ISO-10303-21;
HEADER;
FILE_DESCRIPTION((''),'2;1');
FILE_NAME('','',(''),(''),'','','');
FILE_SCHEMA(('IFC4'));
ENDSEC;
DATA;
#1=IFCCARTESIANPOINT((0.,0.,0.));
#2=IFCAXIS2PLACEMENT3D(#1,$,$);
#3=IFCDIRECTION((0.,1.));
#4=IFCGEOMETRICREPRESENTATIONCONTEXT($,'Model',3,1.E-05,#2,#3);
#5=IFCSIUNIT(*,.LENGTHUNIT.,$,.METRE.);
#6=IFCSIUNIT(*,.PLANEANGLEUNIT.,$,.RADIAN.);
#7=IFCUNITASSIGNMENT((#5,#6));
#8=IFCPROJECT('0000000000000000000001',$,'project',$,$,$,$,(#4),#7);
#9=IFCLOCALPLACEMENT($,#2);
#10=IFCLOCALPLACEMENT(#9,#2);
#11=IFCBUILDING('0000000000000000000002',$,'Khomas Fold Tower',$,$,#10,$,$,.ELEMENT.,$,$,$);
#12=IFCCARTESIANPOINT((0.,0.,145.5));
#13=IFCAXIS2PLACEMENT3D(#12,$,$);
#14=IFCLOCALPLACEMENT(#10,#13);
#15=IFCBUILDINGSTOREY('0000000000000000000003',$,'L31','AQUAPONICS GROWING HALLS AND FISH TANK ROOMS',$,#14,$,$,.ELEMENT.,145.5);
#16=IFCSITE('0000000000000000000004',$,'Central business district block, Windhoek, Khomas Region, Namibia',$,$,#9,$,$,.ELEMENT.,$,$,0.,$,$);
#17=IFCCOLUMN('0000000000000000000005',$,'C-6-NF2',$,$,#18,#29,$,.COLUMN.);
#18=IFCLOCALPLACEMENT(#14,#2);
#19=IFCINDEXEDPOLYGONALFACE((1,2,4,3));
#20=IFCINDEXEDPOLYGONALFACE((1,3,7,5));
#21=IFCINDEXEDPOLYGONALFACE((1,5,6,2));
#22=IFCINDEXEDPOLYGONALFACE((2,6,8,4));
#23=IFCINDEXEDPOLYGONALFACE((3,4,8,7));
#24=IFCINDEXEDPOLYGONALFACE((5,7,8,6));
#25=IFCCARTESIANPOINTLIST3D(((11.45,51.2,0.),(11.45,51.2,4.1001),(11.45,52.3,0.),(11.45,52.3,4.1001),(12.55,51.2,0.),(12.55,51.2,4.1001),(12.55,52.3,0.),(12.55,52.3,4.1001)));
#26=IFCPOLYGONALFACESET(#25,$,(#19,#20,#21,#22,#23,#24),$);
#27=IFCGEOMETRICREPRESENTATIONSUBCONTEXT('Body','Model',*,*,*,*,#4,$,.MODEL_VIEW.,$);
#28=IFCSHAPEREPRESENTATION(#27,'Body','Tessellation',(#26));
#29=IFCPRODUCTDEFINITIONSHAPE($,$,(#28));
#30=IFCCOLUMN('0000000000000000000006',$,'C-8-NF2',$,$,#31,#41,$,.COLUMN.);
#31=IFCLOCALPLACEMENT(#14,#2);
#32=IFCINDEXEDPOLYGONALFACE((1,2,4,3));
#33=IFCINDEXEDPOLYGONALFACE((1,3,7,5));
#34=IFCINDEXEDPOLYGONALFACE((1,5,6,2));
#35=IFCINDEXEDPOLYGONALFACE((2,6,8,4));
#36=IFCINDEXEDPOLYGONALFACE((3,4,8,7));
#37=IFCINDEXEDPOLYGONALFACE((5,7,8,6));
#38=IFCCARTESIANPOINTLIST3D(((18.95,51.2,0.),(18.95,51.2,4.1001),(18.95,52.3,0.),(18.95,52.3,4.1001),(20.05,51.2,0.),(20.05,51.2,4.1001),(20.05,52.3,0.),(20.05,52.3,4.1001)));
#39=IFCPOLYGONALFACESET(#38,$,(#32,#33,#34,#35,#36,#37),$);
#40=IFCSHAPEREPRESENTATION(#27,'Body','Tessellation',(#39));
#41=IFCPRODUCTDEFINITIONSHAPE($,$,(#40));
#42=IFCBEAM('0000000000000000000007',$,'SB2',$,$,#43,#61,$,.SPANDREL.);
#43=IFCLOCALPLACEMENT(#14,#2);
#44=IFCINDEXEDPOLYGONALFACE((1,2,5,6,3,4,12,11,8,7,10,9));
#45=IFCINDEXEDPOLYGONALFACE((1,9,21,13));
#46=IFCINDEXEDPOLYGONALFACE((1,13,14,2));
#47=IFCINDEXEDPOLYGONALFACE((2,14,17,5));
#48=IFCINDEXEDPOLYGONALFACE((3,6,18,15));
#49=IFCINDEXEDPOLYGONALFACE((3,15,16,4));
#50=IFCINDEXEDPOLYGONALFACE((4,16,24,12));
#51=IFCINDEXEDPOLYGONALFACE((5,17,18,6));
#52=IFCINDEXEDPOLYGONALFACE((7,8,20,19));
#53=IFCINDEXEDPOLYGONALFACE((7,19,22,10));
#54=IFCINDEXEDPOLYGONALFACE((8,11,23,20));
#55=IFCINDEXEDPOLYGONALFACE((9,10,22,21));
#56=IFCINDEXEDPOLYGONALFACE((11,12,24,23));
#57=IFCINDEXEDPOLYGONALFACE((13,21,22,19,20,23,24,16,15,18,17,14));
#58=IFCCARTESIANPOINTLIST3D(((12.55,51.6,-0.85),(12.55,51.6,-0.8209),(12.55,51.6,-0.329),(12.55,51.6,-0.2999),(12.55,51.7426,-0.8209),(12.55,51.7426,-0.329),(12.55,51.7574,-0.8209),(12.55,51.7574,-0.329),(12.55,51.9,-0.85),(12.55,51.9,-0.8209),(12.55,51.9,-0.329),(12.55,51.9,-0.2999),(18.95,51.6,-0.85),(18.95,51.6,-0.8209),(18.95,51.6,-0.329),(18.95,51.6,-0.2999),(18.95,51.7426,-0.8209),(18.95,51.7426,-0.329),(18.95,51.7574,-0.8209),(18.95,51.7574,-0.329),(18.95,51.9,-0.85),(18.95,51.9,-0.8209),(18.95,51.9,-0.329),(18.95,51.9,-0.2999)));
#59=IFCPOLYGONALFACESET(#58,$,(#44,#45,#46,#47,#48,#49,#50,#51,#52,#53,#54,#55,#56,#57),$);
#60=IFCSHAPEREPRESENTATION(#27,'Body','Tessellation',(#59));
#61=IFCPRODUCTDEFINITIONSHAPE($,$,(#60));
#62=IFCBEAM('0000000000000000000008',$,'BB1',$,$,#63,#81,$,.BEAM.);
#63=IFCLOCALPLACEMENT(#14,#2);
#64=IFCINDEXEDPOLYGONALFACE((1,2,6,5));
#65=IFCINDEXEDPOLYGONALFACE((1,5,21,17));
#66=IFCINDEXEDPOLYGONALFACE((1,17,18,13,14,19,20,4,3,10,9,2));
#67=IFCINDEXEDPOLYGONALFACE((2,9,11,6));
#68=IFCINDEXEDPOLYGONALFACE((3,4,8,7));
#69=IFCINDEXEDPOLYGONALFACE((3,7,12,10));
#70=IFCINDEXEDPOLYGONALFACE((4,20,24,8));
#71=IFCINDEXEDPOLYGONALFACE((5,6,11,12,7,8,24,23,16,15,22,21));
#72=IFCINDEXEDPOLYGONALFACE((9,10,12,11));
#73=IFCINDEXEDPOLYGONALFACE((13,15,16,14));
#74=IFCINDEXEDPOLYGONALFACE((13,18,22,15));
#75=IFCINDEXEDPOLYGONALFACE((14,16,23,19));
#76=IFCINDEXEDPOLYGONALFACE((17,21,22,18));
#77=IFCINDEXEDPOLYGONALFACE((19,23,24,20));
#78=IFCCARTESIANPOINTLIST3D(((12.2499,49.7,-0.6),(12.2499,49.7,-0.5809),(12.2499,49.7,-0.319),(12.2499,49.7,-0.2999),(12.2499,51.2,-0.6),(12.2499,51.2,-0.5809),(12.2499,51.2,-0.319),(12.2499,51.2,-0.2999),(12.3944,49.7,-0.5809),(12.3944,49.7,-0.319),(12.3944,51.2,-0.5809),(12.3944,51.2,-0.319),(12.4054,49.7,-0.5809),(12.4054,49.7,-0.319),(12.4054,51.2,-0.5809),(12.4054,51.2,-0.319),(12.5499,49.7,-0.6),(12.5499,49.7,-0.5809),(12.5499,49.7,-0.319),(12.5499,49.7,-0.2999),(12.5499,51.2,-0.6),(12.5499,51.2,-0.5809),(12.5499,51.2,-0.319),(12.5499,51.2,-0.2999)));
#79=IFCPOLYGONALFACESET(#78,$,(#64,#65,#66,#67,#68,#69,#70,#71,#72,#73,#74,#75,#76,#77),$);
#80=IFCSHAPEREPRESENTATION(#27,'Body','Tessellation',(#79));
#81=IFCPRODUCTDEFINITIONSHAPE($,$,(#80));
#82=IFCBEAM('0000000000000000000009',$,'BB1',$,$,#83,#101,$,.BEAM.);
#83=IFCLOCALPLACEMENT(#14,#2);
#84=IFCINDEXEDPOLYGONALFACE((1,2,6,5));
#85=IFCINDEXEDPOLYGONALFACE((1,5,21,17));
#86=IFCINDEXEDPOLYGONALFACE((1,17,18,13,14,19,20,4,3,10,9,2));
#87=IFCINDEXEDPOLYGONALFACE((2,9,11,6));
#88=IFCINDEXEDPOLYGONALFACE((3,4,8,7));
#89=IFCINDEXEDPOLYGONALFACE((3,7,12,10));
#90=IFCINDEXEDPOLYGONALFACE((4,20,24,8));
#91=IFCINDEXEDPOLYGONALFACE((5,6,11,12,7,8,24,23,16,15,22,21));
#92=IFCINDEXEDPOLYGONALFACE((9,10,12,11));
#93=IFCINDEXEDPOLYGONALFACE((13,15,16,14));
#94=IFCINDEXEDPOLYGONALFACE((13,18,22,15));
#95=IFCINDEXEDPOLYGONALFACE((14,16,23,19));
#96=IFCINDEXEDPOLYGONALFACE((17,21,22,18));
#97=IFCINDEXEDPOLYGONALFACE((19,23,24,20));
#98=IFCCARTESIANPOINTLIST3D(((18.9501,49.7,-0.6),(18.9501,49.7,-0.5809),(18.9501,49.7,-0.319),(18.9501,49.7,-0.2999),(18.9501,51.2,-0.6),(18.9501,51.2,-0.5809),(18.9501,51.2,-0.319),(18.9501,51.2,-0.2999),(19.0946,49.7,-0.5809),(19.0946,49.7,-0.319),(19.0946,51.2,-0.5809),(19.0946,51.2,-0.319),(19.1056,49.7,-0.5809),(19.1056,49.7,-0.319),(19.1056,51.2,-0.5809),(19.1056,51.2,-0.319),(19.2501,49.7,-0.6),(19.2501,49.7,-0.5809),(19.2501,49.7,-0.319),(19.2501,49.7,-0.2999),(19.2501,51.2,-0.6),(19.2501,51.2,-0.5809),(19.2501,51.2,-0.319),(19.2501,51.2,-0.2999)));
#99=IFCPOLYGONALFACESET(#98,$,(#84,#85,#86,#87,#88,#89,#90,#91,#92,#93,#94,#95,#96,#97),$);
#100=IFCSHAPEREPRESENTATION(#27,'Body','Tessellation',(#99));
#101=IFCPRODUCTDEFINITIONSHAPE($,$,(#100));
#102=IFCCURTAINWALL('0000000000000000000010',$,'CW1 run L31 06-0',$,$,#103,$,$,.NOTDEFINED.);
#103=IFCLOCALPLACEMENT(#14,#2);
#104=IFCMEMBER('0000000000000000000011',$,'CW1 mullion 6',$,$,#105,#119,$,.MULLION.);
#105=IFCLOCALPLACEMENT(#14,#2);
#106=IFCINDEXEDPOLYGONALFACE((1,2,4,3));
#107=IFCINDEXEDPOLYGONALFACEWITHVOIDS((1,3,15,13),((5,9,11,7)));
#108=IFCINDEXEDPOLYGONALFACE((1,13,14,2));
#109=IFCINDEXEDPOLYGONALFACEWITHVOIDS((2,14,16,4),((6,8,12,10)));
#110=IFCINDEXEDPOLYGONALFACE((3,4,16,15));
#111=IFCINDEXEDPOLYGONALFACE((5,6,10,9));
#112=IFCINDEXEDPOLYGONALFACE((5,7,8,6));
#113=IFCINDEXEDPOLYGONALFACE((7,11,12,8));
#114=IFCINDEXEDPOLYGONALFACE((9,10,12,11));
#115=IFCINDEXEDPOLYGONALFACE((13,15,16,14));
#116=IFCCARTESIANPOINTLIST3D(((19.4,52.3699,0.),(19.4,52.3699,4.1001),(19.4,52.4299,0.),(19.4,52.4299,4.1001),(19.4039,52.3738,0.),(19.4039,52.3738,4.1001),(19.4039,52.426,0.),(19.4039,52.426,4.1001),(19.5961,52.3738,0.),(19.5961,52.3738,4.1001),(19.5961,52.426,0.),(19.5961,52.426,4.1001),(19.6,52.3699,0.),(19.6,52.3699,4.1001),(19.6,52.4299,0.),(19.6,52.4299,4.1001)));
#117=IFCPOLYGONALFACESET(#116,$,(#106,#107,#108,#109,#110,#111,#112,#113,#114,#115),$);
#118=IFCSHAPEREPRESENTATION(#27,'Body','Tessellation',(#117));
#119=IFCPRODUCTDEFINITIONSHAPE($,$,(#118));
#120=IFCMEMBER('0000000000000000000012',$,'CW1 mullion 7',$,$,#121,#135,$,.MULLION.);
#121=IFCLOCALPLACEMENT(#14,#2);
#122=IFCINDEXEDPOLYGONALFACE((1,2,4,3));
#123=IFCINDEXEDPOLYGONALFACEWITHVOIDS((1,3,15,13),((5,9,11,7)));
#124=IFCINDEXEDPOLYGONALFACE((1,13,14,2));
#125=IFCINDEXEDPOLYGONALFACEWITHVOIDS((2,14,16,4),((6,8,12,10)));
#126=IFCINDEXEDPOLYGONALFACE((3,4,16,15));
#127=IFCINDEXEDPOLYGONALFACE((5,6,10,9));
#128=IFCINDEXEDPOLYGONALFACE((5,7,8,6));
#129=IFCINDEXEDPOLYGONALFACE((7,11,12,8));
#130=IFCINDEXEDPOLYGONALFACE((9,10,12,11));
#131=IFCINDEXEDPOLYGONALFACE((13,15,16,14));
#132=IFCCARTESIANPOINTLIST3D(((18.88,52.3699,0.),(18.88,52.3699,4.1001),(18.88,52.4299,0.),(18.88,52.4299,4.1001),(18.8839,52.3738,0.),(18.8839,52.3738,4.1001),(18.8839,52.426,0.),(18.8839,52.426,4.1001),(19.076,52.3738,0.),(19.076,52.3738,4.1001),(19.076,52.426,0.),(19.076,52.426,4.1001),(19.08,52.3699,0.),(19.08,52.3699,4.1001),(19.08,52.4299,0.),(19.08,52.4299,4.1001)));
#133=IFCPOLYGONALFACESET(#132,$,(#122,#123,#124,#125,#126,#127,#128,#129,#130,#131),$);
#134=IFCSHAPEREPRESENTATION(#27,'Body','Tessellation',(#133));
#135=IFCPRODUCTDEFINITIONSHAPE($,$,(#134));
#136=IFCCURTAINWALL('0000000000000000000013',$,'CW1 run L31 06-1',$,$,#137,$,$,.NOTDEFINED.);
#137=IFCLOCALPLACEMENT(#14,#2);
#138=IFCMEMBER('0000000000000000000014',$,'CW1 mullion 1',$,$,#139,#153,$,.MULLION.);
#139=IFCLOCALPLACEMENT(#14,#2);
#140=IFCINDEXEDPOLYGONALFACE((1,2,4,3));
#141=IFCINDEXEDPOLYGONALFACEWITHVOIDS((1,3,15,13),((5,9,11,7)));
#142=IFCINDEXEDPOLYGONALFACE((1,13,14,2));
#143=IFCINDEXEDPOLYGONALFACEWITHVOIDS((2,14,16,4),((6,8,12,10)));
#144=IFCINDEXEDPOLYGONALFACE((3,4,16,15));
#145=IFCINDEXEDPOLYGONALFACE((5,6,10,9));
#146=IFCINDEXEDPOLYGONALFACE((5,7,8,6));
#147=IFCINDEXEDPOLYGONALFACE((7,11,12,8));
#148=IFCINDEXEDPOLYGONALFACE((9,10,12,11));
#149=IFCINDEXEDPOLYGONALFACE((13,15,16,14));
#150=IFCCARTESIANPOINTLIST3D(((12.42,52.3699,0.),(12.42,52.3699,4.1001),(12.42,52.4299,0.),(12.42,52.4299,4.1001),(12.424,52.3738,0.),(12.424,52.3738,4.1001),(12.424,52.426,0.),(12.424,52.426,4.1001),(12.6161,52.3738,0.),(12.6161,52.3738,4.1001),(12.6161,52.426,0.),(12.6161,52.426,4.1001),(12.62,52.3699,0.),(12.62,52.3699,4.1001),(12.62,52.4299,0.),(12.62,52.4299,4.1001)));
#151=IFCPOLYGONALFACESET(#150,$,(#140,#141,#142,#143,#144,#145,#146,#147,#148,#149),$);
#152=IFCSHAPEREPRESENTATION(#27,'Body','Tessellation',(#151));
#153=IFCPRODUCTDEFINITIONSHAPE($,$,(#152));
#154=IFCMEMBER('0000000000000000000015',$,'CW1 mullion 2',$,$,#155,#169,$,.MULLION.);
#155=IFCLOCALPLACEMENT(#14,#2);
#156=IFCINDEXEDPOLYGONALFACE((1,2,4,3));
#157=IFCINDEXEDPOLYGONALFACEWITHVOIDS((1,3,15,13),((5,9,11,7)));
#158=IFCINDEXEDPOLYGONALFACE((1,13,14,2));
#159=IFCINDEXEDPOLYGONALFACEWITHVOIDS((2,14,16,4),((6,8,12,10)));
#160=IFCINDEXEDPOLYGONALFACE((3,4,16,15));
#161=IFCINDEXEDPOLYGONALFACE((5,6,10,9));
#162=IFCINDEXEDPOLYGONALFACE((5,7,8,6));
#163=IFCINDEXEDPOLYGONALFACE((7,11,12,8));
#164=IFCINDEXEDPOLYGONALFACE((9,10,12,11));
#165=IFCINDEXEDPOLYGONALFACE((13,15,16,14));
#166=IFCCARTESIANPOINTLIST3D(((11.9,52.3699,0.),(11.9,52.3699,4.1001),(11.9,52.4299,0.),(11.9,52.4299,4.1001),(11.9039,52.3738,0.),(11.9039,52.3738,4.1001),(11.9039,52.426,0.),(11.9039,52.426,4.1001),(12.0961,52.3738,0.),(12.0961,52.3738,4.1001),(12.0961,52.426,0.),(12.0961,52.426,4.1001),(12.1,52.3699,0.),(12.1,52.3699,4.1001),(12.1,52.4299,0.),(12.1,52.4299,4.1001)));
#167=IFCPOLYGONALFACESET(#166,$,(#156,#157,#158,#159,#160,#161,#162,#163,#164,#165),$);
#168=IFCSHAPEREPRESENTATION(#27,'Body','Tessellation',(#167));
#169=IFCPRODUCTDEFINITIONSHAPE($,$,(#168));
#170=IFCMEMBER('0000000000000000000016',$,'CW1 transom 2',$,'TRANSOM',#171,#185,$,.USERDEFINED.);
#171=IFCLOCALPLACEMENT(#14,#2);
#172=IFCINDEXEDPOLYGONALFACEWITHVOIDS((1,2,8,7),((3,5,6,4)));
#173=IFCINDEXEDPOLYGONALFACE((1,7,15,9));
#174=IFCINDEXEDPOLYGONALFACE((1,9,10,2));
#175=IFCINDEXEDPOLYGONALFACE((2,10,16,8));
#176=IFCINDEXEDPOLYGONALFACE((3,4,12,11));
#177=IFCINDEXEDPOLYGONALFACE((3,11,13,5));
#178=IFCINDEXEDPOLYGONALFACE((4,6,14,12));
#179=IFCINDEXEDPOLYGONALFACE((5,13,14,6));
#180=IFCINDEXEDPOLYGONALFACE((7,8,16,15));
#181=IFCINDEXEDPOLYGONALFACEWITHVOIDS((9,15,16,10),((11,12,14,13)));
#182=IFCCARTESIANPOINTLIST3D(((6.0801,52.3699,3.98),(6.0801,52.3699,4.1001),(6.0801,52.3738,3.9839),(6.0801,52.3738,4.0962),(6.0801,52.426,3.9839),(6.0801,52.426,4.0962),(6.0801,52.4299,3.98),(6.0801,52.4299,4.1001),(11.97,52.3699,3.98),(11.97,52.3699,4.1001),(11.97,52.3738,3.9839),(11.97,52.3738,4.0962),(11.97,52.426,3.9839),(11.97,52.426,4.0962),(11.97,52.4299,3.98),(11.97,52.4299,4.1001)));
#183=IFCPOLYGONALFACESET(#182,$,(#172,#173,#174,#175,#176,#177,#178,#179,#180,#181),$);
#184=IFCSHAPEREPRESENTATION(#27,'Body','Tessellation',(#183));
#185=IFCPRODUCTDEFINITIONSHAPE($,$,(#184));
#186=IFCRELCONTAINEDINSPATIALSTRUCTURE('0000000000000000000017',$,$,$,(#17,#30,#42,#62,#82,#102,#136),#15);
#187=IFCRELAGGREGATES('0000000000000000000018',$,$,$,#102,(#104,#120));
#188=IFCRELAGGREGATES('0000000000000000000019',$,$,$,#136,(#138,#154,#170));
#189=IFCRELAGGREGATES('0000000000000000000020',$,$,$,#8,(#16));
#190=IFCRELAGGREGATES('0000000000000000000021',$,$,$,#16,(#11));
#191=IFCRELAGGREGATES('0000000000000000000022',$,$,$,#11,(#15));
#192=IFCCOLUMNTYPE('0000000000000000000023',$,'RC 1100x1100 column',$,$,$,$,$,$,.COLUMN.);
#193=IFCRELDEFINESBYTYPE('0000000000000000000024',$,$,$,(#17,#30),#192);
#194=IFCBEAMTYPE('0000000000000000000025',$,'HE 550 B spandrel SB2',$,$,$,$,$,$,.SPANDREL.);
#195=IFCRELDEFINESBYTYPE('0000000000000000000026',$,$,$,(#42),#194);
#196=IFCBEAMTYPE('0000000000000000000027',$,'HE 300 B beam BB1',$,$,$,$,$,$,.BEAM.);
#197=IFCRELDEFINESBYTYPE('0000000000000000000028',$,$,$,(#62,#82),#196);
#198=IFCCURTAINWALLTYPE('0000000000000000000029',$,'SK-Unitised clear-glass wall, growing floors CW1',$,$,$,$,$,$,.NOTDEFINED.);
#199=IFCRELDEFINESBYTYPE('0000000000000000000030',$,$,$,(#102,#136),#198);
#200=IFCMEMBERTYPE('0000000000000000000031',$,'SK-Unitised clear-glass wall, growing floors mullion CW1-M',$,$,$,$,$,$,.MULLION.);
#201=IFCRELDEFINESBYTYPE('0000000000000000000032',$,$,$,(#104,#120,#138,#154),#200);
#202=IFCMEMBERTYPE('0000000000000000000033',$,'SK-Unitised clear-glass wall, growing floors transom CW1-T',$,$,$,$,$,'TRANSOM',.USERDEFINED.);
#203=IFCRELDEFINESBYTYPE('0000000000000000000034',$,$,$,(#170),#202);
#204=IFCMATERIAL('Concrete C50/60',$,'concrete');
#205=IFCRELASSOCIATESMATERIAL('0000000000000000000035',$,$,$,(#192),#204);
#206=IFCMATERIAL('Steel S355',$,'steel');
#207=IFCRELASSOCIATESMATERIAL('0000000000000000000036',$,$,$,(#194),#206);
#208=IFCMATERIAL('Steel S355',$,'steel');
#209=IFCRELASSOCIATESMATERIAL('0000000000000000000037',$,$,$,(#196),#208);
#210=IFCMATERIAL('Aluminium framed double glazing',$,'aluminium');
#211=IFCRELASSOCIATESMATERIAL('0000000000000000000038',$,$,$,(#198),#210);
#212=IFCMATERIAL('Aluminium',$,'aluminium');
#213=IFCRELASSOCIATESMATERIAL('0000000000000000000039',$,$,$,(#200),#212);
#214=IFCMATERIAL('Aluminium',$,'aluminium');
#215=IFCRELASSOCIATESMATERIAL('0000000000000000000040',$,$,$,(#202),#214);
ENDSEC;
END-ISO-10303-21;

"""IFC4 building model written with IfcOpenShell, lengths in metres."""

from ifc_helpers import new_model, si_unit, direction, frame, origin, origin_2d, place, context, subcontext, project, spatial, rectangle, hollow_rectangle, i_section, extrude, source, transform, mapped, material, material_profile, profile_set, type_object, element, aggregate, save


model = new_model("IFC4")

# Units and contexts
model_context = context("Model", 3, precision=1e-05, world=origin(), true_north=direction((0.0, 1.0)))
body_context = subcontext(model_context, "Body", "Model", "MODEL_VIEW")
ifc_project = project(units=[si_unit("LENGTHUNIT", "METRE"), si_unit("PLANEANGLEUNIT", "RADIAN")], contexts=[model_context])

# Site, building, storey
site_placement = place(None, origin())
site = spatial("IfcSite", under=ifc_project, at=site_placement, Name="Central business district block, Windhoek, Khomas Region, Namibia", CompositionType="ELEMENT", RefElevation=0.0)
building_placement = place(site_placement, origin())
building = spatial("IfcBuilding", under=site, at=building_placement, Name="Khomas Fold Tower", CompositionType="ELEMENT")
storey_placement = place(building_placement, frame((0.0, 0.0, 145.5)))
storey = spatial("IfcBuildingStorey", under=building, at=storey_placement, Name="L31", Description="AQUAPONICS GROWING HALLS AND FISH TANK ROOMS", CompositionType="ELEMENT", Elevation=145.5)

# Columns
ifc_material_1 = material(Name="Concrete C50/60", Category="concrete")
ifc_material_profile_1 = material_profile(ifc_material_1, rectangle(XDim=1.1001, YDim=1.1001, at=origin_2d()), Name="RC 1100x1100")
ifc_profile_set_1 = profile_set([ifc_material_profile_1], Name="Concrete C50/60")
column_type = type_object("IfcColumnType", Name="RC 1100x1100 column", PredefinedType="COLUMN", material=ifc_profile_set_1)
shared_shape_1 = source(origin(), body_context, "Body", "SweptSolid", [
    extrude(rectangle(XDim=1.1001, YDim=1.1001, at=origin_2d()), origin(), (0.0, 0.0, 1.0), 4.1001),
])
for number, where, z_axis, x_axis, name in (
    (1, (12.0, 51.75, 0.0), (0.0, 0.0, 1.0), (1.0, 0.0, 0.0), "C-6-NF2"),
    (2, (19.5, 51.75, 0.0), (0.0, 0.0, 1.0), (1.0, 0.0, 0.0), "C-8-NF2"),
):
    element("IfcColumn", number, at=place(storey_placement, frame(where, z_axis=z_axis, x_axis=x_axis)), inside=storey, type_object=column_type, Name=name, PredefinedType="COLUMN", context=body_context, shape_type="MappedRepresentation", body=[
        mapped(shared_shape_1, transform((0.0, 0.0, 0.0))),
    ])

# Beams
ifc_material_2 = material(Name="Steel S355", Category="steel")
ifc_material_profile_2 = material_profile(ifc_material_2, i_section(OverallWidth=0.3, OverallDepth=0.55, WebThickness=0.0149, FlangeThickness=0.0291, at=origin_2d()), Name="HE 550 B")
ifc_profile_set_2 = profile_set([ifc_material_profile_2], Name="Steel S355")
beam_type_1 = type_object("IfcBeamType", Name="HE 550 B spandrel SB2", PredefinedType="SPANDREL", material=ifc_profile_set_2)
shared_shape_2 = source(origin(), body_context, "Body", "SweptSolid", [
    extrude(i_section(OverallWidth=0.3, OverallDepth=0.55, WebThickness=0.0149, FlangeThickness=0.0291, at=origin_2d()), origin(), (0.0, 0.0, 1.0), 6.3999),
])
beam_placement = place(storey_placement, frame((12.55, 51.75, -0.575), z_axis=(1.0, 0.0, 0.0), x_axis=(0.0, 1.0, 0.0)))
element("IfcBeam", 3, at=beam_placement, inside=storey, type_object=beam_type_1, Name="SB2", PredefinedType="SPANDREL", context=body_context, shape_type="MappedRepresentation", body=[
    mapped(shared_shape_2, transform((0.0, 0.0, 0.0))),
])
ifc_material_3 = material(Name="Steel S355", Category="steel")
ifc_material_profile_3 = material_profile(ifc_material_3, i_section(OverallWidth=0.3, OverallDepth=0.3, WebThickness=0.011, FlangeThickness=0.019, at=origin_2d()), Name="HE 300 B")
ifc_profile_set_3 = profile_set([ifc_material_profile_3], Name="Steel S355")
beam_type_2 = type_object("IfcBeamType", Name="HE 300 B beam BB1", PredefinedType="BEAM", material=ifc_profile_set_3)
shared_shape_3 = source(origin(), body_context, "Body", "SweptSolid", [
    extrude(i_section(OverallWidth=0.3, OverallDepth=0.3, WebThickness=0.011, FlangeThickness=0.019, at=origin_2d()), origin(), (0.0, 0.0, 1.0), 1.5),
])
for number, where, z_axis, x_axis, name in (
    (4, (12.3999, 49.7, -0.45), (0.0, 1.0, 0.0), (-1.0, 0.0, 0.0), "BB1"),
    (5, (19.1001, 49.7, -0.45), (0.0, 1.0, 0.0), (-1.0, 0.0, 0.0), "BB1"),
):
    element("IfcBeam", number, at=place(storey_placement, frame(where, z_axis=z_axis, x_axis=x_axis)), inside=storey, type_object=beam_type_2, Name=name, PredefinedType="BEAM", context=body_context, shape_type="MappedRepresentation", body=[
        mapped(shared_shape_3, transform((0.0, 0.0, 0.0))),
    ])

# Curtain walls, members
ifc_material_4 = material(Name="Aluminium framed double glazing", Category="aluminium")
curtain_wall_type = type_object("IfcCurtainWallType", Name="SK-Unitised clear-glass wall, growing floors CW1", PredefinedType="NOTDEFINED", material=ifc_material_4)
curtain_wall_1_placement = place(storey_placement, origin())
curtain_wall_1 = element("IfcCurtainWall", 6, at=curtain_wall_1_placement, inside=storey, type_object=curtain_wall_type, Name="CW1 run L31 06-0", PredefinedType="NOTDEFINED")
ifc_material_5 = material(Name="Aluminium", Category="aluminium")
ifc_material_profile_4 = material_profile(ifc_material_5, hollow_rectangle(XDim=0.0601, YDim=0.2, WallThickness=0.0039, at=origin_2d()), Name="SK-Unitised clear-glass wall, growing floors mullion CW1-M")
ifc_profile_set_4 = profile_set([ifc_material_profile_4], Name="Aluminium")
member_type_1 = type_object("IfcMemberType", Name="SK-Unitised clear-glass wall, growing floors mullion CW1-M", PredefinedType="MULLION", material=ifc_profile_set_4)
shared_shape_4 = source(origin(), body_context, "Body", "SweptSolid", [
    extrude(hollow_rectangle(XDim=0.0601, YDim=0.2, WallThickness=0.0039, at=origin_2d()), origin(), (0.0, 0.0, 1.0), 4.1001),
])
member_1_placement = place(storey_placement, frame((19.5, 52.3999, 0.0), z_axis=(0.0, 0.0, 1.0), x_axis=(0.0, -1.0, 0.0)))
member_1 = element("IfcMember", 7, at=member_1_placement, type_object=member_type_1, Name="CW1 mullion 6", PredefinedType="MULLION", context=body_context, shape_type="MappedRepresentation", body=[
    mapped(shared_shape_4, transform((0.0, 0.0, 0.0))),
])
member_2_placement = place(storey_placement, frame((18.98, 52.3999, 0.0), z_axis=(0.0, 0.0, 1.0), x_axis=(0.0, -1.0, 0.0)))
member_2 = element("IfcMember", 8, at=member_2_placement, type_object=member_type_1, Name="CW1 mullion 7", PredefinedType="MULLION", context=body_context, shape_type="MappedRepresentation", body=[
    mapped(shared_shape_4, transform((0.0, 0.0, 0.0))),
])
curtain_wall_2_placement = place(storey_placement, origin())
curtain_wall_2 = element("IfcCurtainWall", 9, at=curtain_wall_2_placement, inside=storey, type_object=curtain_wall_type, Name="CW1 run L31 06-1", PredefinedType="NOTDEFINED")
member_3_placement = place(storey_placement, frame((12.52, 52.3999, 0.0), z_axis=(0.0, 0.0, 1.0), x_axis=(0.0, -1.0, 0.0)))
member_3 = element("IfcMember", 10, at=member_3_placement, type_object=member_type_1, Name="CW1 mullion 1", PredefinedType="MULLION", context=body_context, shape_type="MappedRepresentation", body=[
    mapped(shared_shape_4, transform((0.0, 0.0, 0.0))),
])
member_4_placement = place(storey_placement, frame((12.0, 52.3999, 0.0), z_axis=(0.0, 0.0, 1.0), x_axis=(0.0, -1.0, 0.0)))
member_4 = element("IfcMember", 11, at=member_4_placement, type_object=member_type_1, Name="CW1 mullion 2", PredefinedType="MULLION", context=body_context, shape_type="MappedRepresentation", body=[
    mapped(shared_shape_4, transform((0.0, 0.0, 0.0))),
])
ifc_material_6 = material(Name="Aluminium", Category="aluminium")
ifc_material_profile_5 = material_profile(ifc_material_6, hollow_rectangle(XDim=0.0601, YDim=0.1201, WallThickness=0.0039, at=origin_2d()), Name="SK-Unitised clear-glass wall, growing floors transom CW1-T")
ifc_profile_set_5 = profile_set([ifc_material_profile_5], Name="Aluminium")
member_type_2 = type_object("IfcMemberType", Name="SK-Unitised clear-glass wall, growing floors transom CW1-T", ElementType="TRANSOM", PredefinedType="USERDEFINED", material=ifc_profile_set_5)
shared_shape_5 = source(origin(), body_context, "Body", "SweptSolid", [
    extrude(hollow_rectangle(XDim=0.0601, YDim=0.1201, WallThickness=0.0039, at=origin_2d()), origin(), (0.0, 0.0, 1.0), 5.8899),
])
member_5_placement = place(storey_placement, frame((11.97, 52.3999, 4.04), z_axis=(-1.0, 0.0, 0.0), x_axis=(0.0, -1.0, 0.0)))
member_5 = element("IfcMember", 12, at=member_5_placement, type_object=member_type_2, Name="CW1 transom 2", ObjectType="TRANSOM", PredefinedType="USERDEFINED", context=body_context, shape_type="MappedRepresentation", body=[
    mapped(shared_shape_5, transform((0.0, 0.0, 0.0))),
])

aggregate(curtain_wall_1, [member_1, member_2])
aggregate(curtain_wall_2, [member_3, member_4, member_5])

save(model, "model.ifc")
